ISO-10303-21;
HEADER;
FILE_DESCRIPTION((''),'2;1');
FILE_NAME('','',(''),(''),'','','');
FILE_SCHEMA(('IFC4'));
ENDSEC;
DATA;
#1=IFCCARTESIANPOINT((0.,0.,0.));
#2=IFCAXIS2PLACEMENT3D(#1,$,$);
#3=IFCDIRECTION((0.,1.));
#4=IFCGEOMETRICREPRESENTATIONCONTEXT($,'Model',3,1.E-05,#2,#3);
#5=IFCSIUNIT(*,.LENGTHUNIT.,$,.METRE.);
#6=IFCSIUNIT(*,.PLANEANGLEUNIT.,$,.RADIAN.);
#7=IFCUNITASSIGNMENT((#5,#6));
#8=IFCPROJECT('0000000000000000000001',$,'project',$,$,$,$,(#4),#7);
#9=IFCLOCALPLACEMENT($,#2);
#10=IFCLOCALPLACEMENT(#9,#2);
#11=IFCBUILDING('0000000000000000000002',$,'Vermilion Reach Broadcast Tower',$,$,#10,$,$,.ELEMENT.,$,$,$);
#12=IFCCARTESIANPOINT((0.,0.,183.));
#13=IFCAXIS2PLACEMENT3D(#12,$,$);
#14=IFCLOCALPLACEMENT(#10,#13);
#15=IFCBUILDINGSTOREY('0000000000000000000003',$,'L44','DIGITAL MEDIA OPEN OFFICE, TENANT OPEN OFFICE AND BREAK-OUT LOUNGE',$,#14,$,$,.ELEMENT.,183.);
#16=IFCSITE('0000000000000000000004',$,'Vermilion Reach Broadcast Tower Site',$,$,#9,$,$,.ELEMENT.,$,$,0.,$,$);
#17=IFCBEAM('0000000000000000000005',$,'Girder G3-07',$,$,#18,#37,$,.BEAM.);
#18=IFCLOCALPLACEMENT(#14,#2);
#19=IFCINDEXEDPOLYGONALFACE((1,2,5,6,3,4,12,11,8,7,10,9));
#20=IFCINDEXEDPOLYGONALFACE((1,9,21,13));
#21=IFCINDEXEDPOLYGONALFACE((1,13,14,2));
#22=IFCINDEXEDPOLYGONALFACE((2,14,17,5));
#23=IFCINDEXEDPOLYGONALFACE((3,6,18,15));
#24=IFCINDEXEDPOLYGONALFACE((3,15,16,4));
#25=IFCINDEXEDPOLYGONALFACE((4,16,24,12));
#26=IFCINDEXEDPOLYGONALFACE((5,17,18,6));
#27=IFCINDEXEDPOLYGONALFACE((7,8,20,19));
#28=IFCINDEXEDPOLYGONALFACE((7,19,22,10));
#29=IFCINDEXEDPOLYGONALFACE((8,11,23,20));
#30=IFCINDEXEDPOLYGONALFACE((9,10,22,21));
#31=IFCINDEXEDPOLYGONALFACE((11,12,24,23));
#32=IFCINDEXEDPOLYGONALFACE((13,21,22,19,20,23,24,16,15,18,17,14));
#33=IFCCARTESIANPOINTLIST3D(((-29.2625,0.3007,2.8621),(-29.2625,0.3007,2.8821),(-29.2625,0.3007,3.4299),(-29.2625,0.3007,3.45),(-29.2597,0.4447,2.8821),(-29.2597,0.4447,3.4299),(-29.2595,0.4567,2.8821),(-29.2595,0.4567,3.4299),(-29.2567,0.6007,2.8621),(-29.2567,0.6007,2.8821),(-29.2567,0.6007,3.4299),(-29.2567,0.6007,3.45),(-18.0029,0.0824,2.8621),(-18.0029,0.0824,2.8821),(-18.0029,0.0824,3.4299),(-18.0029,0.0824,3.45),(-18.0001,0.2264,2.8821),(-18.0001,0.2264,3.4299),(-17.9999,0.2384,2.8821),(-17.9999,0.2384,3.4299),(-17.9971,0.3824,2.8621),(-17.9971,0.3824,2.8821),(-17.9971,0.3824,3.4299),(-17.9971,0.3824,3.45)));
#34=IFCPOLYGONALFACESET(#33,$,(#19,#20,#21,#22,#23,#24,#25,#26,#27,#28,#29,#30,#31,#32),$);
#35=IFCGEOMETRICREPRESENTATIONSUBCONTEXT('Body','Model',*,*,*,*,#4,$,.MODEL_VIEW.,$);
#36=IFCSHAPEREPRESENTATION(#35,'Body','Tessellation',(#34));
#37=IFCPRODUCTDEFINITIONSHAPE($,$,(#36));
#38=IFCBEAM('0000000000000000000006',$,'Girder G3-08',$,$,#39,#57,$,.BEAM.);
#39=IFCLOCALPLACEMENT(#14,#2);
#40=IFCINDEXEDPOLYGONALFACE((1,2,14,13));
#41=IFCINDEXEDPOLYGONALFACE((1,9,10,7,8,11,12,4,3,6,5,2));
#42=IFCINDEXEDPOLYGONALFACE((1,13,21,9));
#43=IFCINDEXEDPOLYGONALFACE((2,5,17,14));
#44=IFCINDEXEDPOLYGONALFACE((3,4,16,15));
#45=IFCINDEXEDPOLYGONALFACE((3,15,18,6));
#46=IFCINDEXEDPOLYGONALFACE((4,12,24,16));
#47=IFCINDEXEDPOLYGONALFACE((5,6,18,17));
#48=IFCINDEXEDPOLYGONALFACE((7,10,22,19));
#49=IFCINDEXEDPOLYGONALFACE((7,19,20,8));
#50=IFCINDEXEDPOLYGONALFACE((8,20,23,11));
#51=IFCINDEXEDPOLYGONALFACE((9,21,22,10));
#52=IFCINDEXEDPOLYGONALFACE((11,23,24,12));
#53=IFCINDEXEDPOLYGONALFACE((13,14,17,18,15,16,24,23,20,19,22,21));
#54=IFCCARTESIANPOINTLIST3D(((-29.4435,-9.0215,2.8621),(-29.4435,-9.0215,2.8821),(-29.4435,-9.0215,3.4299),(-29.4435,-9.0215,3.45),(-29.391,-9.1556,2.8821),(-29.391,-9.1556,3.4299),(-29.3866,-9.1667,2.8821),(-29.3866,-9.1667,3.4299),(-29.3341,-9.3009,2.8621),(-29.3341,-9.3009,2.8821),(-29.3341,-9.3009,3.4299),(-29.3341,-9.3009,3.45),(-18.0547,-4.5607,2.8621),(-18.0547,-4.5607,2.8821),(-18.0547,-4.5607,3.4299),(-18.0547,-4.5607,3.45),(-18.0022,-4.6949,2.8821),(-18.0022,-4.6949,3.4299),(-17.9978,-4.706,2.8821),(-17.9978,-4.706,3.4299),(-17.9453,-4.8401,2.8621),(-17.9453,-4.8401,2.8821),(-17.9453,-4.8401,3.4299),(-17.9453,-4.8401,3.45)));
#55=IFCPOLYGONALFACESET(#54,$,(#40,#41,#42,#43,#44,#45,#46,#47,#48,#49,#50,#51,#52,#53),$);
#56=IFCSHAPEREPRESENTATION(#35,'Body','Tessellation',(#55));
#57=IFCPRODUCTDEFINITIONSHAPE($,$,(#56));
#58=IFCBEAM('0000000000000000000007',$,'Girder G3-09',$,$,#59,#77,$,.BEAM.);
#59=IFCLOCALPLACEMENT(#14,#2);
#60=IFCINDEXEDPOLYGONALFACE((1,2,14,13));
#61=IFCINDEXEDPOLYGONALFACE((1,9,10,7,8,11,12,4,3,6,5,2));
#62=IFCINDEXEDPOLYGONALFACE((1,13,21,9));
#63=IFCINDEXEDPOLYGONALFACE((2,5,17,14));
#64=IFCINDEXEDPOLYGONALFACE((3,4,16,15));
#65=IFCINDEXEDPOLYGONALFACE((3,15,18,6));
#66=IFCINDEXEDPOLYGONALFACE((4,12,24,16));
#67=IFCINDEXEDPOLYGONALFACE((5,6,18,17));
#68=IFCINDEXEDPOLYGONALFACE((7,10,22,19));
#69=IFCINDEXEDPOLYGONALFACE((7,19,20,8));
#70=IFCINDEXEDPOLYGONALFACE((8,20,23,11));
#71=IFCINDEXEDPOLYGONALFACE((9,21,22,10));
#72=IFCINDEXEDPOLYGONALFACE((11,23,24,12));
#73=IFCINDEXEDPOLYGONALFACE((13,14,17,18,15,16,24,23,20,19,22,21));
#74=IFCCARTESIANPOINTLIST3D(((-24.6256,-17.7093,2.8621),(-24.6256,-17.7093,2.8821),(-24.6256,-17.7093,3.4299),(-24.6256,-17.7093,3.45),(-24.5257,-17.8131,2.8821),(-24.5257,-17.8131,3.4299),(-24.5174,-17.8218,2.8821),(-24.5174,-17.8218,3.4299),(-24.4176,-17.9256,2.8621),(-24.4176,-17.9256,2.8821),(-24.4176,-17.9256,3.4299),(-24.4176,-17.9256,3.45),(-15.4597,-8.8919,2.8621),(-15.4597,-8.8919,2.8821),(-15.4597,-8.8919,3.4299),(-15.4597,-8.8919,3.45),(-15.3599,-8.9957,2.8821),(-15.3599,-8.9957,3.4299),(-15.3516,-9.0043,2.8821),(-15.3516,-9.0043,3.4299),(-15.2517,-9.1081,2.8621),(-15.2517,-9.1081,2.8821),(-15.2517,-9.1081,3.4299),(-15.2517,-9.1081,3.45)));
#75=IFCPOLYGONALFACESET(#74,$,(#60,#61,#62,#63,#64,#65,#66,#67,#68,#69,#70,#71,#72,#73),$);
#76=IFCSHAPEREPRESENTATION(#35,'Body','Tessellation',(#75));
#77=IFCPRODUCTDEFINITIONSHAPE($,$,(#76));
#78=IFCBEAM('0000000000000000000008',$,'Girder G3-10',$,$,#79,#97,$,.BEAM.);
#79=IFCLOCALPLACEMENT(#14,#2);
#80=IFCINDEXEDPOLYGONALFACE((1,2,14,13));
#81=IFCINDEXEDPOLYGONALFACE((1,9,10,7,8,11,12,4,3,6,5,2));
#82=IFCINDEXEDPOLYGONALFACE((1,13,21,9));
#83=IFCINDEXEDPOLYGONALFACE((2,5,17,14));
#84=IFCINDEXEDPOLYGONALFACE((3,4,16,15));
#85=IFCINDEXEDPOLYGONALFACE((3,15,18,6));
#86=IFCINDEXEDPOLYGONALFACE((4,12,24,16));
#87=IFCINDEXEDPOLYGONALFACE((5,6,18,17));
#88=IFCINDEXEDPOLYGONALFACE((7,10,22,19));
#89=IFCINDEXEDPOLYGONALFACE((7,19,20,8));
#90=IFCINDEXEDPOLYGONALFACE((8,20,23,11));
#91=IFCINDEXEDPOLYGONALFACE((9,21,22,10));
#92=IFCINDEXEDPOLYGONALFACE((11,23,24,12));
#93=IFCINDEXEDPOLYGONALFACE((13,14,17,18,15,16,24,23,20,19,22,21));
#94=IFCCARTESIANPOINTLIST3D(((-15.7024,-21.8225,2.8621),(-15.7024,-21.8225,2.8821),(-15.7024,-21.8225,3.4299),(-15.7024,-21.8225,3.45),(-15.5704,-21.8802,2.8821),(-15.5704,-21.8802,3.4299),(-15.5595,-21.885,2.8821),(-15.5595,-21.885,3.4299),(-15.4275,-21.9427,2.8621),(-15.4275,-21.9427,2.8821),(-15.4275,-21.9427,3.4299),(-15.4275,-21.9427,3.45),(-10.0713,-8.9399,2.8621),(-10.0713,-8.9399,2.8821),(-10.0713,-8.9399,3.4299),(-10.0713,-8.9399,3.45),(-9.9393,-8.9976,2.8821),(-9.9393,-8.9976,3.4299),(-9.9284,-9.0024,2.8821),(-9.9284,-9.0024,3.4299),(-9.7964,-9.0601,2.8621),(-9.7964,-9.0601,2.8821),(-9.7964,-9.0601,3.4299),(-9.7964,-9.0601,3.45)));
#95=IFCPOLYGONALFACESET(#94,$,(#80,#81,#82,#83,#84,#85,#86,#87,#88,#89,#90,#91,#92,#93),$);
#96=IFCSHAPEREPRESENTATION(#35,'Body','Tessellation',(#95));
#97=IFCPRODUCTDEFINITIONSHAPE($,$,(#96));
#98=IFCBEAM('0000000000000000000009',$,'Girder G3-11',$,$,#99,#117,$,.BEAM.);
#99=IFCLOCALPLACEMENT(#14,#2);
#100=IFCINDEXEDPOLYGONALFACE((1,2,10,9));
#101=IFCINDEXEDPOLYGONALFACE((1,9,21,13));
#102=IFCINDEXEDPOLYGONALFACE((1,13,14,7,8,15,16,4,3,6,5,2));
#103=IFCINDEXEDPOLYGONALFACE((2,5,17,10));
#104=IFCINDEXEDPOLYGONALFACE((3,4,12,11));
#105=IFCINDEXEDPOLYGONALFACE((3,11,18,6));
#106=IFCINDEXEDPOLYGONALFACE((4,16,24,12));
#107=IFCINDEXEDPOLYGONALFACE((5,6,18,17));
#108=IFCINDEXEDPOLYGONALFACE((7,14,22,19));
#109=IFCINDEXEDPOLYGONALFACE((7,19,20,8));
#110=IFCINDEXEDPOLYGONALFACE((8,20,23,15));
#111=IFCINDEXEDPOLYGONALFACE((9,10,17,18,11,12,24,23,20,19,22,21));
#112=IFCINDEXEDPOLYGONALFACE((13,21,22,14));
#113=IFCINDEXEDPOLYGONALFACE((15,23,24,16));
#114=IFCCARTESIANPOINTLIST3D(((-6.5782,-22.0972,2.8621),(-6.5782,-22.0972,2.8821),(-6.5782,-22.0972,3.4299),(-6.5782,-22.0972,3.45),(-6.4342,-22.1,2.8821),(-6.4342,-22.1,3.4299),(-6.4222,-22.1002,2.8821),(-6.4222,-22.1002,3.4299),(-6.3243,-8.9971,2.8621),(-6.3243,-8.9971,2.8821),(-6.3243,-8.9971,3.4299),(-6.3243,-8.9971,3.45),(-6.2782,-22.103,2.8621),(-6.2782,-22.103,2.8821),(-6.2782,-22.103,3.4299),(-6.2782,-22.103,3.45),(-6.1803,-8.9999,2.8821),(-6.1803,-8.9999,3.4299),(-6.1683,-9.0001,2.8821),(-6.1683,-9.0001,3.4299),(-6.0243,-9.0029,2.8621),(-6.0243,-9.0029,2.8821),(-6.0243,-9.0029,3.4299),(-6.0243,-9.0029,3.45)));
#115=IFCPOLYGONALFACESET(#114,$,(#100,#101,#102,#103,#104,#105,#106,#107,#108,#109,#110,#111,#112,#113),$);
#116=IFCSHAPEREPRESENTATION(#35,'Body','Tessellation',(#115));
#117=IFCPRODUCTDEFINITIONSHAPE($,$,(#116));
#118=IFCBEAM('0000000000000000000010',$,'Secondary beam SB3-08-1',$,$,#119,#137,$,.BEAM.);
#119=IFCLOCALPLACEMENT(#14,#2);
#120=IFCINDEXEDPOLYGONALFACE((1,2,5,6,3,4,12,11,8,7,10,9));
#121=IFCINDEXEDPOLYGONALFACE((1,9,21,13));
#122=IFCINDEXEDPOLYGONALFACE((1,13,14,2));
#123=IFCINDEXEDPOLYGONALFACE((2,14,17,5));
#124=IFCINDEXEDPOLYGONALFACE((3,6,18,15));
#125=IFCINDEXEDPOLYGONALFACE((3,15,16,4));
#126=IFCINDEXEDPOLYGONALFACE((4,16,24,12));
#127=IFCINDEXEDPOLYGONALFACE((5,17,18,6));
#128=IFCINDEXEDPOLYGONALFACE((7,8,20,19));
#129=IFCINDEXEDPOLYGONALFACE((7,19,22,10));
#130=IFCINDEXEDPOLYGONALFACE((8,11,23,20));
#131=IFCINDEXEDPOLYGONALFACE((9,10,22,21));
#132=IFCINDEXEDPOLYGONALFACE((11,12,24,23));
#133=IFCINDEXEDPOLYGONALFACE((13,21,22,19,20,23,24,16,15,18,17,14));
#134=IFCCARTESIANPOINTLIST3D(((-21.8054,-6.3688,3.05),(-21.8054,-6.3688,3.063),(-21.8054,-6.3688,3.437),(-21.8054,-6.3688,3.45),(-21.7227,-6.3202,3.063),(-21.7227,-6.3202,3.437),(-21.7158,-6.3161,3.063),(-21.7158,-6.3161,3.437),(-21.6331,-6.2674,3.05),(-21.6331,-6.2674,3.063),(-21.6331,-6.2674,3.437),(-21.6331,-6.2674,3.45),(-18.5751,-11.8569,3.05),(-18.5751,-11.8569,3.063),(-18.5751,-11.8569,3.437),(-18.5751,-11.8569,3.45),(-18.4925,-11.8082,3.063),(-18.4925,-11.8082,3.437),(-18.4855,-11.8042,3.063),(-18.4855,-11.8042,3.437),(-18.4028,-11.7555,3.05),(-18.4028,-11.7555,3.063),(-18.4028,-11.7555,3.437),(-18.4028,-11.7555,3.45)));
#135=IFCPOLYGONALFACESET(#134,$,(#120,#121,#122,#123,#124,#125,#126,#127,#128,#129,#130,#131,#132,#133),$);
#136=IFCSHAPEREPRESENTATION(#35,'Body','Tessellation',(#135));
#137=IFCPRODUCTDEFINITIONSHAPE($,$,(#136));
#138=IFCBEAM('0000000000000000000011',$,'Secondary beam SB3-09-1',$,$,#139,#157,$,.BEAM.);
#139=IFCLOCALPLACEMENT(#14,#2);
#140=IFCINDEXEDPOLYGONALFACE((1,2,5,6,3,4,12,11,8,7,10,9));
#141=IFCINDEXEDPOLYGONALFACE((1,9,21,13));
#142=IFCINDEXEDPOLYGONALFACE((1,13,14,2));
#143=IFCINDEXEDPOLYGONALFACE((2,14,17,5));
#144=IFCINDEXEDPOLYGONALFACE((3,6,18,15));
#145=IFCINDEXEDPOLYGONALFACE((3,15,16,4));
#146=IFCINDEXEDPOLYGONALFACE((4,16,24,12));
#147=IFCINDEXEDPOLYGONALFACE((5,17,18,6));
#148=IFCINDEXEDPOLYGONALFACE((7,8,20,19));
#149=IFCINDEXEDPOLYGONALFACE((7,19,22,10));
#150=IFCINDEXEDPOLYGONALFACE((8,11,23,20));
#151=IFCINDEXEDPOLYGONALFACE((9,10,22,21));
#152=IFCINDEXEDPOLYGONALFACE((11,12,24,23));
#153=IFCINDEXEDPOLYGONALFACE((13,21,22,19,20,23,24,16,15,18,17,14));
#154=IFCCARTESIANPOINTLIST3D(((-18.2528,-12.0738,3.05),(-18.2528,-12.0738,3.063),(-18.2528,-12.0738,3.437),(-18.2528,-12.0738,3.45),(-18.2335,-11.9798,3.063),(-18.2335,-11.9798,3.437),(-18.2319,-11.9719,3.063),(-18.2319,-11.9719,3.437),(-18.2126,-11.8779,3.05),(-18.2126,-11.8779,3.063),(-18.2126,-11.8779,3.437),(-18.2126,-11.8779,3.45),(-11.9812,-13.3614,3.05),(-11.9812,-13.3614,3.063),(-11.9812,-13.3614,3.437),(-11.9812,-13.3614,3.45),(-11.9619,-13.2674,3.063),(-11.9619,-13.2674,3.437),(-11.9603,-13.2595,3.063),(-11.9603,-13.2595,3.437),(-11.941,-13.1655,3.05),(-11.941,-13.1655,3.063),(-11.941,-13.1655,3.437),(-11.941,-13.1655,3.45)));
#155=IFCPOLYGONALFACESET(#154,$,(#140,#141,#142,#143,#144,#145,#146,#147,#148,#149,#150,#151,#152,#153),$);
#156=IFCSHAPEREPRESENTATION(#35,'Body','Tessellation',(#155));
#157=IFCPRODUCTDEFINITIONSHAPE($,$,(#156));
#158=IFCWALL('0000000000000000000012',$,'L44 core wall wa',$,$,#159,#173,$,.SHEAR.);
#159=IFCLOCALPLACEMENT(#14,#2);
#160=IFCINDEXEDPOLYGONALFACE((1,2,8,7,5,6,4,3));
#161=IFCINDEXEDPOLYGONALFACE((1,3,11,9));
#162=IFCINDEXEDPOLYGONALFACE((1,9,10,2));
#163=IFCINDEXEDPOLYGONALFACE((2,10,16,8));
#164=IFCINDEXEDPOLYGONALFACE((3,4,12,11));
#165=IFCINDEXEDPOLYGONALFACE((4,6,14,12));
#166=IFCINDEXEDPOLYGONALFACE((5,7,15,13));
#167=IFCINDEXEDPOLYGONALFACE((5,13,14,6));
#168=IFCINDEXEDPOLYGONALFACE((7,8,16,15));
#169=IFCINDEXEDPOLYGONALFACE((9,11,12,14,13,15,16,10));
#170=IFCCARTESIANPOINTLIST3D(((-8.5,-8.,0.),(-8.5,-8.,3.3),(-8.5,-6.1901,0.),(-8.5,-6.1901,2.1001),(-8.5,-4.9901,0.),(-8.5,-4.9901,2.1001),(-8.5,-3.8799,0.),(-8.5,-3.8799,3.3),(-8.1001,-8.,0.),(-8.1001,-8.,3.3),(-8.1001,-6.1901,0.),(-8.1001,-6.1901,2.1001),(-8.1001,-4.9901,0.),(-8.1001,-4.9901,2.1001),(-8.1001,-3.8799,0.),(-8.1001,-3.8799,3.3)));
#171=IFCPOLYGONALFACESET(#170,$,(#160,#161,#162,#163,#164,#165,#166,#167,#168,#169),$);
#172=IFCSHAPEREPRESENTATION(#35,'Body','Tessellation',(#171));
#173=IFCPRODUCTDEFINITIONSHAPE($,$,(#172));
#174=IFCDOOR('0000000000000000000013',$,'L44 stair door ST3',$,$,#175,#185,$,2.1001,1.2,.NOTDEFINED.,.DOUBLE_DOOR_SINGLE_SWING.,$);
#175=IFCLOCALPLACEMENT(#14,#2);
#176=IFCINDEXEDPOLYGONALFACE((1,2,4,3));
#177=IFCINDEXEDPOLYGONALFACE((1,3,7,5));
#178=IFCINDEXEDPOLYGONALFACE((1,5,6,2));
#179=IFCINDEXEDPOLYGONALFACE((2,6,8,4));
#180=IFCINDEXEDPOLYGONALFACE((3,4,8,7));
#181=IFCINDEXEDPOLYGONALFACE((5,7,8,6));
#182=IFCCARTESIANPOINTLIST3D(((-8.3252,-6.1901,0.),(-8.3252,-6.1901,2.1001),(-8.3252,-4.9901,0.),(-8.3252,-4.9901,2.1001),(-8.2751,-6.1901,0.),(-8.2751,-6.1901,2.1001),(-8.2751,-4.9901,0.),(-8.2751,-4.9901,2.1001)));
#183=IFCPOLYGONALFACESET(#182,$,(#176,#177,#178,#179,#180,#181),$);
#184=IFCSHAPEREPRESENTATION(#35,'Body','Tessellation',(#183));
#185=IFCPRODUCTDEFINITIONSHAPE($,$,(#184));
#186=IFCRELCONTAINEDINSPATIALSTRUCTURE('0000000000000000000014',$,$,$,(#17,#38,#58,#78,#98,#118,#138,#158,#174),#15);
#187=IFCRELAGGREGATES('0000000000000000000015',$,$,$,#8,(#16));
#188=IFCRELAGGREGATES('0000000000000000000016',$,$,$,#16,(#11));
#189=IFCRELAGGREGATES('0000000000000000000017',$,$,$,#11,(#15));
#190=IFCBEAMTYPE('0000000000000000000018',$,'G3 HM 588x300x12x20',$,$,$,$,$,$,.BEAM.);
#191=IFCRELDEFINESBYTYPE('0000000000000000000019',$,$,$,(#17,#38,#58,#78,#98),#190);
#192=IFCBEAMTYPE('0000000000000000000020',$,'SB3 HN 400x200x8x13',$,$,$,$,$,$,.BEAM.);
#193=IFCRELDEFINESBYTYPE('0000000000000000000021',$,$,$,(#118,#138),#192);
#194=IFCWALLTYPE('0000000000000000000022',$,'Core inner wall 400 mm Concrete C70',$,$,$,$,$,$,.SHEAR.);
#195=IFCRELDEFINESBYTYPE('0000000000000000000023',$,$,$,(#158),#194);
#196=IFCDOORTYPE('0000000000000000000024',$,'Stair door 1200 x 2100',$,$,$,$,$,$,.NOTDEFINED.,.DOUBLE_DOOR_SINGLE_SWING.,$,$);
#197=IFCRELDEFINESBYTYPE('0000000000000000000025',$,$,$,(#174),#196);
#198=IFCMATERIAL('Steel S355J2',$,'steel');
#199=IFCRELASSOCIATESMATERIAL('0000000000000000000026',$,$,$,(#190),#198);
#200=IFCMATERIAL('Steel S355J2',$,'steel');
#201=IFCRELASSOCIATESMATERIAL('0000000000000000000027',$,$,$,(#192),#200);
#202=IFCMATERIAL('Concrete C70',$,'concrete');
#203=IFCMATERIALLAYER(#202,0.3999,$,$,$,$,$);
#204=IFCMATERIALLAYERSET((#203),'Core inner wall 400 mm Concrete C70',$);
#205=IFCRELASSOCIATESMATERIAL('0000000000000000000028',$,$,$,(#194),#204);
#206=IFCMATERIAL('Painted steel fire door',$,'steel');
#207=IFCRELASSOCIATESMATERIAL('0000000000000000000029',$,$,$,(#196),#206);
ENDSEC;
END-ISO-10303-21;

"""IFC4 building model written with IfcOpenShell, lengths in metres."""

from ifc_helpers import new_model, si_unit, direction, frame, frame_2d, origin, origin_2d, place, context, subcontext, project, spatial, rectangle, i_section, extrude, material, layer, layer_set, material_profile, profile_set, type_object, element, fill, save


model = new_model("IFC4")

# Units and contexts
model_context = context("Model", 3, precision=1e-05, world=origin(), true_north=direction((0.0, 1.0)))
body_context = subcontext(model_context, "Body", "Model", "MODEL_VIEW")
ifc_project = project(units=[si_unit("LENGTHUNIT", "METRE"), si_unit("PLANEANGLEUNIT", "RADIAN")], contexts=[model_context])

# Site, building, storey
site_placement = place(None, origin())
site = spatial("IfcSite", under=ifc_project, at=site_placement, Name="Vermilion Reach Broadcast Tower Site", CompositionType="ELEMENT", RefElevation=0.0)
building_placement = place(site_placement, origin())
building = spatial("IfcBuilding", under=site, at=building_placement, Name="Vermilion Reach Broadcast Tower", CompositionType="ELEMENT")
storey_placement = place(building_placement, frame((0.0, 0.0, 183.0)))
storey = spatial("IfcBuildingStorey", under=building, at=storey_placement, Name="L44", Description="DIGITAL MEDIA OPEN OFFICE, TENANT OPEN OFFICE AND BREAK-OUT LOUNGE", CompositionType="ELEMENT", Elevation=183.0)

# Beams
ifc_material_1 = material(Name="Steel S355J2", Category="steel")
ifc_material_profile_1 = material_profile(ifc_material_1, i_section(OverallWidth=0.3, OverallDepth=0.5879, WebThickness=0.012, FlangeThickness=0.02, at=origin_2d()), Name="S355J2 HM 588x300x12x20")
ifc_profile_set_1 = profile_set([ifc_material_profile_1], Name="Steel S355J2")
beam_type_1 = type_object("IfcBeamType", Name="G3 HM 588x300x12x20", PredefinedType="BEAM", material=ifc_profile_set_1)
beam_1_placement = place(storey_placement, frame((-18.0, 0.2324, 3.156), z_axis=(-0.999812, 0.019381, 0.0), x_axis=(-0.019381, -0.999812, 0.0)))
element("IfcBeam", 1, at=beam_1_placement, inside=storey, type_object=beam_type_1, Name="Girder G3-07", PredefinedType="BEAM", context=body_context, shape_type="SweptSolid", body=[
    extrude(i_section(OverallWidth=0.3, OverallDepth=0.5879, WebThickness=0.012, FlangeThickness=0.02, at=origin_2d()), origin(), (0.0, 0.0, 1.0), 11.2617),
])
beam_2_placement = place(storey_placement, frame((-18.0, -4.7004, 3.156), z_axis=(-0.931125, -0.364701, 0.0), x_axis=(0.364701, -0.931125, 0.0)))
element("IfcBeam", 2, at=beam_2_placement, inside=storey, type_object=beam_type_1, Name="Girder G3-08", PredefinedType="BEAM", context=body_context, shape_type="SweptSolid", body=[
    extrude(i_section(OverallWidth=0.3, OverallDepth=0.5879, WebThickness=0.012, FlangeThickness=0.02, at=origin_2d()), origin(), (0.0, 0.0, 1.0), 12.2312),
])
beam_3_placement = place(storey_placement, frame((-15.3557, -9.0, 3.156), z_axis=(-0.72067, -0.693278, 0.0), x_axis=(0.693278, -0.72067, 0.0)))
element("IfcBeam", 3, at=beam_3_placement, inside=storey, type_object=beam_type_1, Name="Girder G3-09", PredefinedType="BEAM", context=body_context, shape_type="SweptSolid", body=[
    extrude(i_section(OverallWidth=0.3, OverallDepth=0.5879, WebThickness=0.012, FlangeThickness=0.02, at=origin_2d()), origin(), (0.0, 0.0, 1.0), 12.7185),
])
beam_4_placement = place(storey_placement, frame((-9.9338, -9.0, 3.156), z_axis=(-0.400519, -0.916288, 0.0), x_axis=(0.916288, -0.400519, 0.0)))
element("IfcBeam", 4, at=beam_4_placement, inside=storey, type_object=beam_type_1, Name="Girder G3-10", PredefinedType="BEAM", context=body_context, shape_type="SweptSolid", body=[
    extrude(i_section(OverallWidth=0.3, OverallDepth=0.5879, WebThickness=0.012, FlangeThickness=0.02, at=origin_2d()), origin(), (0.0, 0.0, 1.0), 14.0596),
])
beam_5_placement = place(storey_placement, frame((-6.1743, -9.0, 3.156), z_axis=(-0.019378, -0.999812, 0.0), x_axis=(0.999812, -0.019378, 0.0)))
element("IfcBeam", 5, at=beam_5_placement, inside=storey, type_object=beam_type_1, Name="Girder G3-11", PredefinedType="BEAM", context=body_context, shape_type="SweptSolid", body=[
    extrude(i_section(OverallWidth=0.3, OverallDepth=0.5879, WebThickness=0.012, FlangeThickness=0.02, at=origin_2d()), origin(), (0.0, 0.0, 1.0), 13.1025),
])
ifc_material_2 = material(Name="Steel S355J2", Category="steel")
ifc_material_profile_2 = material_profile(ifc_material_2, i_section(OverallWidth=0.2, OverallDepth=0.3999, WebThickness=0.0081, FlangeThickness=0.0129, at=origin_2d()), Name="S355J2 HN 400x200x8x13")
ifc_profile_set_2 = profile_set([ifc_material_profile_2], Name="Steel S355J2")
beam_type_2 = type_object("IfcBeamType", Name="SB3 HN 400x200x8x13", PredefinedType="BEAM", material=ifc_profile_set_2)
beam_6_placement = place(storey_placement, frame((-21.7192, -6.3181, 3.25), z_axis=(0.50725, -0.861799, 0.0), x_axis=(0.861799, 0.50725, 0.0)))
element("IfcBeam", 6, at=beam_6_placement, inside=storey, type_object=beam_type_2, Name="Secondary beam SB3-08-1", PredefinedType="BEAM", context=body_context, shape_type="SweptSolid", body=[
    extrude(i_section(OverallWidth=0.2, OverallDepth=0.3999, WebThickness=0.0081, FlangeThickness=0.0129, at=origin_2d()), origin(), (0.0, 0.0, 1.0), 6.3682),
])
beam_7_placement = place(storey_placement, frame((-18.2327, -11.9758, 3.25), z_axis=(0.979568, -0.201115, 0.0), x_axis=(0.201115, 0.979568, 0.0)))
element("IfcBeam", 7, at=beam_7_placement, inside=storey, type_object=beam_type_2, Name="Secondary beam SB3-09-1", PredefinedType="BEAM", context=body_context, shape_type="SweptSolid", body=[
    extrude(i_section(OverallWidth=0.2, OverallDepth=0.3999, WebThickness=0.0081, FlangeThickness=0.0129, at=origin_2d()), origin(), (0.0, 0.0, 1.0), 6.4023),
])

# Wall, opening, door
ifc_material_3 = material(Name="Concrete C70", Category="concrete")
ifc_layer_1 = layer(ifc_material_3, 0.3999)
ifc_layer_set_1 = layer_set([ifc_layer_1], Name="Core inner wall 400 mm Concrete C70")
wall_type_1 = type_object("IfcWallType", Name="Core inner wall 400 mm Concrete C70", PredefinedType="SHEAR", material=ifc_layer_set_1)
wall_1_placement = place(storey_placement, frame((-8.3, -3.8799, 0.0), z_axis=(0.0, 0.0, 1.0), x_axis=(0.0, -1.0, 0.0)))
wall_1 = element("IfcWall", 8, at=wall_1_placement, inside=storey, type_object=wall_type_1, Name="L44 core wall wa", PredefinedType="SHEAR", context=body_context, shape_type="SweptSolid", body=[
    extrude(rectangle(XDim=4.1201, YDim=0.3999, at=frame_2d((2.0601, 0.0))), origin(), (0.0, 0.0, 1.0), 3.3),
])
opening_1_placement = place(wall_1_placement, frame((1.1101, 0.0, 0.0)))
opening_1 = element("IfcOpeningElement", 9, at=opening_1_placement, cuts=wall_1, PredefinedType="OPENING", context=body_context, shape_type="SweptSolid", body=[
    extrude(rectangle(XDim=1.2, YDim=2.1001, at=frame_2d((0.6001, 1.05))), frame((0.0, 0.21, 0.0), z_axis=(0.0, -1.0, 0.0), x_axis=(1.0, 0.0, 0.0)), (0.0, 0.0, 1.0), 0.4199),
])
ifc_material_4 = material(Name="Painted steel fire door", Category="steel")
door_type_1 = type_object("IfcDoorType", Name="Stair door 1200 x 2100", OperationType="DOUBLE_DOOR_SINGLE_SWING", PredefinedType="NOTDEFINED", material=ifc_material_4)
door_1_placement = place(opening_1_placement, origin())
door_1 = element("IfcDoor", 10, at=door_1_placement, inside=storey, type_object=door_type_1, Name="L44 stair door ST3", OperationType="DOUBLE_DOOR_SINGLE_SWING", OverallHeight=2.1001, OverallWidth=1.2, PredefinedType="NOTDEFINED", context=body_context, shape_type="SweptSolid", body=[
    extrude(rectangle(XDim=1.2, YDim=2.1001, at=frame_2d((0.6001, 1.05))), frame((0.0, 0.0249, 0.0), z_axis=(0.0, -1.0, 0.0), x_axis=(1.0, 0.0, 0.0)), (0.0, 0.0, 1.0), 0.05),
])
fill(opening_1, door_1)

save(model, "model.ifc")
